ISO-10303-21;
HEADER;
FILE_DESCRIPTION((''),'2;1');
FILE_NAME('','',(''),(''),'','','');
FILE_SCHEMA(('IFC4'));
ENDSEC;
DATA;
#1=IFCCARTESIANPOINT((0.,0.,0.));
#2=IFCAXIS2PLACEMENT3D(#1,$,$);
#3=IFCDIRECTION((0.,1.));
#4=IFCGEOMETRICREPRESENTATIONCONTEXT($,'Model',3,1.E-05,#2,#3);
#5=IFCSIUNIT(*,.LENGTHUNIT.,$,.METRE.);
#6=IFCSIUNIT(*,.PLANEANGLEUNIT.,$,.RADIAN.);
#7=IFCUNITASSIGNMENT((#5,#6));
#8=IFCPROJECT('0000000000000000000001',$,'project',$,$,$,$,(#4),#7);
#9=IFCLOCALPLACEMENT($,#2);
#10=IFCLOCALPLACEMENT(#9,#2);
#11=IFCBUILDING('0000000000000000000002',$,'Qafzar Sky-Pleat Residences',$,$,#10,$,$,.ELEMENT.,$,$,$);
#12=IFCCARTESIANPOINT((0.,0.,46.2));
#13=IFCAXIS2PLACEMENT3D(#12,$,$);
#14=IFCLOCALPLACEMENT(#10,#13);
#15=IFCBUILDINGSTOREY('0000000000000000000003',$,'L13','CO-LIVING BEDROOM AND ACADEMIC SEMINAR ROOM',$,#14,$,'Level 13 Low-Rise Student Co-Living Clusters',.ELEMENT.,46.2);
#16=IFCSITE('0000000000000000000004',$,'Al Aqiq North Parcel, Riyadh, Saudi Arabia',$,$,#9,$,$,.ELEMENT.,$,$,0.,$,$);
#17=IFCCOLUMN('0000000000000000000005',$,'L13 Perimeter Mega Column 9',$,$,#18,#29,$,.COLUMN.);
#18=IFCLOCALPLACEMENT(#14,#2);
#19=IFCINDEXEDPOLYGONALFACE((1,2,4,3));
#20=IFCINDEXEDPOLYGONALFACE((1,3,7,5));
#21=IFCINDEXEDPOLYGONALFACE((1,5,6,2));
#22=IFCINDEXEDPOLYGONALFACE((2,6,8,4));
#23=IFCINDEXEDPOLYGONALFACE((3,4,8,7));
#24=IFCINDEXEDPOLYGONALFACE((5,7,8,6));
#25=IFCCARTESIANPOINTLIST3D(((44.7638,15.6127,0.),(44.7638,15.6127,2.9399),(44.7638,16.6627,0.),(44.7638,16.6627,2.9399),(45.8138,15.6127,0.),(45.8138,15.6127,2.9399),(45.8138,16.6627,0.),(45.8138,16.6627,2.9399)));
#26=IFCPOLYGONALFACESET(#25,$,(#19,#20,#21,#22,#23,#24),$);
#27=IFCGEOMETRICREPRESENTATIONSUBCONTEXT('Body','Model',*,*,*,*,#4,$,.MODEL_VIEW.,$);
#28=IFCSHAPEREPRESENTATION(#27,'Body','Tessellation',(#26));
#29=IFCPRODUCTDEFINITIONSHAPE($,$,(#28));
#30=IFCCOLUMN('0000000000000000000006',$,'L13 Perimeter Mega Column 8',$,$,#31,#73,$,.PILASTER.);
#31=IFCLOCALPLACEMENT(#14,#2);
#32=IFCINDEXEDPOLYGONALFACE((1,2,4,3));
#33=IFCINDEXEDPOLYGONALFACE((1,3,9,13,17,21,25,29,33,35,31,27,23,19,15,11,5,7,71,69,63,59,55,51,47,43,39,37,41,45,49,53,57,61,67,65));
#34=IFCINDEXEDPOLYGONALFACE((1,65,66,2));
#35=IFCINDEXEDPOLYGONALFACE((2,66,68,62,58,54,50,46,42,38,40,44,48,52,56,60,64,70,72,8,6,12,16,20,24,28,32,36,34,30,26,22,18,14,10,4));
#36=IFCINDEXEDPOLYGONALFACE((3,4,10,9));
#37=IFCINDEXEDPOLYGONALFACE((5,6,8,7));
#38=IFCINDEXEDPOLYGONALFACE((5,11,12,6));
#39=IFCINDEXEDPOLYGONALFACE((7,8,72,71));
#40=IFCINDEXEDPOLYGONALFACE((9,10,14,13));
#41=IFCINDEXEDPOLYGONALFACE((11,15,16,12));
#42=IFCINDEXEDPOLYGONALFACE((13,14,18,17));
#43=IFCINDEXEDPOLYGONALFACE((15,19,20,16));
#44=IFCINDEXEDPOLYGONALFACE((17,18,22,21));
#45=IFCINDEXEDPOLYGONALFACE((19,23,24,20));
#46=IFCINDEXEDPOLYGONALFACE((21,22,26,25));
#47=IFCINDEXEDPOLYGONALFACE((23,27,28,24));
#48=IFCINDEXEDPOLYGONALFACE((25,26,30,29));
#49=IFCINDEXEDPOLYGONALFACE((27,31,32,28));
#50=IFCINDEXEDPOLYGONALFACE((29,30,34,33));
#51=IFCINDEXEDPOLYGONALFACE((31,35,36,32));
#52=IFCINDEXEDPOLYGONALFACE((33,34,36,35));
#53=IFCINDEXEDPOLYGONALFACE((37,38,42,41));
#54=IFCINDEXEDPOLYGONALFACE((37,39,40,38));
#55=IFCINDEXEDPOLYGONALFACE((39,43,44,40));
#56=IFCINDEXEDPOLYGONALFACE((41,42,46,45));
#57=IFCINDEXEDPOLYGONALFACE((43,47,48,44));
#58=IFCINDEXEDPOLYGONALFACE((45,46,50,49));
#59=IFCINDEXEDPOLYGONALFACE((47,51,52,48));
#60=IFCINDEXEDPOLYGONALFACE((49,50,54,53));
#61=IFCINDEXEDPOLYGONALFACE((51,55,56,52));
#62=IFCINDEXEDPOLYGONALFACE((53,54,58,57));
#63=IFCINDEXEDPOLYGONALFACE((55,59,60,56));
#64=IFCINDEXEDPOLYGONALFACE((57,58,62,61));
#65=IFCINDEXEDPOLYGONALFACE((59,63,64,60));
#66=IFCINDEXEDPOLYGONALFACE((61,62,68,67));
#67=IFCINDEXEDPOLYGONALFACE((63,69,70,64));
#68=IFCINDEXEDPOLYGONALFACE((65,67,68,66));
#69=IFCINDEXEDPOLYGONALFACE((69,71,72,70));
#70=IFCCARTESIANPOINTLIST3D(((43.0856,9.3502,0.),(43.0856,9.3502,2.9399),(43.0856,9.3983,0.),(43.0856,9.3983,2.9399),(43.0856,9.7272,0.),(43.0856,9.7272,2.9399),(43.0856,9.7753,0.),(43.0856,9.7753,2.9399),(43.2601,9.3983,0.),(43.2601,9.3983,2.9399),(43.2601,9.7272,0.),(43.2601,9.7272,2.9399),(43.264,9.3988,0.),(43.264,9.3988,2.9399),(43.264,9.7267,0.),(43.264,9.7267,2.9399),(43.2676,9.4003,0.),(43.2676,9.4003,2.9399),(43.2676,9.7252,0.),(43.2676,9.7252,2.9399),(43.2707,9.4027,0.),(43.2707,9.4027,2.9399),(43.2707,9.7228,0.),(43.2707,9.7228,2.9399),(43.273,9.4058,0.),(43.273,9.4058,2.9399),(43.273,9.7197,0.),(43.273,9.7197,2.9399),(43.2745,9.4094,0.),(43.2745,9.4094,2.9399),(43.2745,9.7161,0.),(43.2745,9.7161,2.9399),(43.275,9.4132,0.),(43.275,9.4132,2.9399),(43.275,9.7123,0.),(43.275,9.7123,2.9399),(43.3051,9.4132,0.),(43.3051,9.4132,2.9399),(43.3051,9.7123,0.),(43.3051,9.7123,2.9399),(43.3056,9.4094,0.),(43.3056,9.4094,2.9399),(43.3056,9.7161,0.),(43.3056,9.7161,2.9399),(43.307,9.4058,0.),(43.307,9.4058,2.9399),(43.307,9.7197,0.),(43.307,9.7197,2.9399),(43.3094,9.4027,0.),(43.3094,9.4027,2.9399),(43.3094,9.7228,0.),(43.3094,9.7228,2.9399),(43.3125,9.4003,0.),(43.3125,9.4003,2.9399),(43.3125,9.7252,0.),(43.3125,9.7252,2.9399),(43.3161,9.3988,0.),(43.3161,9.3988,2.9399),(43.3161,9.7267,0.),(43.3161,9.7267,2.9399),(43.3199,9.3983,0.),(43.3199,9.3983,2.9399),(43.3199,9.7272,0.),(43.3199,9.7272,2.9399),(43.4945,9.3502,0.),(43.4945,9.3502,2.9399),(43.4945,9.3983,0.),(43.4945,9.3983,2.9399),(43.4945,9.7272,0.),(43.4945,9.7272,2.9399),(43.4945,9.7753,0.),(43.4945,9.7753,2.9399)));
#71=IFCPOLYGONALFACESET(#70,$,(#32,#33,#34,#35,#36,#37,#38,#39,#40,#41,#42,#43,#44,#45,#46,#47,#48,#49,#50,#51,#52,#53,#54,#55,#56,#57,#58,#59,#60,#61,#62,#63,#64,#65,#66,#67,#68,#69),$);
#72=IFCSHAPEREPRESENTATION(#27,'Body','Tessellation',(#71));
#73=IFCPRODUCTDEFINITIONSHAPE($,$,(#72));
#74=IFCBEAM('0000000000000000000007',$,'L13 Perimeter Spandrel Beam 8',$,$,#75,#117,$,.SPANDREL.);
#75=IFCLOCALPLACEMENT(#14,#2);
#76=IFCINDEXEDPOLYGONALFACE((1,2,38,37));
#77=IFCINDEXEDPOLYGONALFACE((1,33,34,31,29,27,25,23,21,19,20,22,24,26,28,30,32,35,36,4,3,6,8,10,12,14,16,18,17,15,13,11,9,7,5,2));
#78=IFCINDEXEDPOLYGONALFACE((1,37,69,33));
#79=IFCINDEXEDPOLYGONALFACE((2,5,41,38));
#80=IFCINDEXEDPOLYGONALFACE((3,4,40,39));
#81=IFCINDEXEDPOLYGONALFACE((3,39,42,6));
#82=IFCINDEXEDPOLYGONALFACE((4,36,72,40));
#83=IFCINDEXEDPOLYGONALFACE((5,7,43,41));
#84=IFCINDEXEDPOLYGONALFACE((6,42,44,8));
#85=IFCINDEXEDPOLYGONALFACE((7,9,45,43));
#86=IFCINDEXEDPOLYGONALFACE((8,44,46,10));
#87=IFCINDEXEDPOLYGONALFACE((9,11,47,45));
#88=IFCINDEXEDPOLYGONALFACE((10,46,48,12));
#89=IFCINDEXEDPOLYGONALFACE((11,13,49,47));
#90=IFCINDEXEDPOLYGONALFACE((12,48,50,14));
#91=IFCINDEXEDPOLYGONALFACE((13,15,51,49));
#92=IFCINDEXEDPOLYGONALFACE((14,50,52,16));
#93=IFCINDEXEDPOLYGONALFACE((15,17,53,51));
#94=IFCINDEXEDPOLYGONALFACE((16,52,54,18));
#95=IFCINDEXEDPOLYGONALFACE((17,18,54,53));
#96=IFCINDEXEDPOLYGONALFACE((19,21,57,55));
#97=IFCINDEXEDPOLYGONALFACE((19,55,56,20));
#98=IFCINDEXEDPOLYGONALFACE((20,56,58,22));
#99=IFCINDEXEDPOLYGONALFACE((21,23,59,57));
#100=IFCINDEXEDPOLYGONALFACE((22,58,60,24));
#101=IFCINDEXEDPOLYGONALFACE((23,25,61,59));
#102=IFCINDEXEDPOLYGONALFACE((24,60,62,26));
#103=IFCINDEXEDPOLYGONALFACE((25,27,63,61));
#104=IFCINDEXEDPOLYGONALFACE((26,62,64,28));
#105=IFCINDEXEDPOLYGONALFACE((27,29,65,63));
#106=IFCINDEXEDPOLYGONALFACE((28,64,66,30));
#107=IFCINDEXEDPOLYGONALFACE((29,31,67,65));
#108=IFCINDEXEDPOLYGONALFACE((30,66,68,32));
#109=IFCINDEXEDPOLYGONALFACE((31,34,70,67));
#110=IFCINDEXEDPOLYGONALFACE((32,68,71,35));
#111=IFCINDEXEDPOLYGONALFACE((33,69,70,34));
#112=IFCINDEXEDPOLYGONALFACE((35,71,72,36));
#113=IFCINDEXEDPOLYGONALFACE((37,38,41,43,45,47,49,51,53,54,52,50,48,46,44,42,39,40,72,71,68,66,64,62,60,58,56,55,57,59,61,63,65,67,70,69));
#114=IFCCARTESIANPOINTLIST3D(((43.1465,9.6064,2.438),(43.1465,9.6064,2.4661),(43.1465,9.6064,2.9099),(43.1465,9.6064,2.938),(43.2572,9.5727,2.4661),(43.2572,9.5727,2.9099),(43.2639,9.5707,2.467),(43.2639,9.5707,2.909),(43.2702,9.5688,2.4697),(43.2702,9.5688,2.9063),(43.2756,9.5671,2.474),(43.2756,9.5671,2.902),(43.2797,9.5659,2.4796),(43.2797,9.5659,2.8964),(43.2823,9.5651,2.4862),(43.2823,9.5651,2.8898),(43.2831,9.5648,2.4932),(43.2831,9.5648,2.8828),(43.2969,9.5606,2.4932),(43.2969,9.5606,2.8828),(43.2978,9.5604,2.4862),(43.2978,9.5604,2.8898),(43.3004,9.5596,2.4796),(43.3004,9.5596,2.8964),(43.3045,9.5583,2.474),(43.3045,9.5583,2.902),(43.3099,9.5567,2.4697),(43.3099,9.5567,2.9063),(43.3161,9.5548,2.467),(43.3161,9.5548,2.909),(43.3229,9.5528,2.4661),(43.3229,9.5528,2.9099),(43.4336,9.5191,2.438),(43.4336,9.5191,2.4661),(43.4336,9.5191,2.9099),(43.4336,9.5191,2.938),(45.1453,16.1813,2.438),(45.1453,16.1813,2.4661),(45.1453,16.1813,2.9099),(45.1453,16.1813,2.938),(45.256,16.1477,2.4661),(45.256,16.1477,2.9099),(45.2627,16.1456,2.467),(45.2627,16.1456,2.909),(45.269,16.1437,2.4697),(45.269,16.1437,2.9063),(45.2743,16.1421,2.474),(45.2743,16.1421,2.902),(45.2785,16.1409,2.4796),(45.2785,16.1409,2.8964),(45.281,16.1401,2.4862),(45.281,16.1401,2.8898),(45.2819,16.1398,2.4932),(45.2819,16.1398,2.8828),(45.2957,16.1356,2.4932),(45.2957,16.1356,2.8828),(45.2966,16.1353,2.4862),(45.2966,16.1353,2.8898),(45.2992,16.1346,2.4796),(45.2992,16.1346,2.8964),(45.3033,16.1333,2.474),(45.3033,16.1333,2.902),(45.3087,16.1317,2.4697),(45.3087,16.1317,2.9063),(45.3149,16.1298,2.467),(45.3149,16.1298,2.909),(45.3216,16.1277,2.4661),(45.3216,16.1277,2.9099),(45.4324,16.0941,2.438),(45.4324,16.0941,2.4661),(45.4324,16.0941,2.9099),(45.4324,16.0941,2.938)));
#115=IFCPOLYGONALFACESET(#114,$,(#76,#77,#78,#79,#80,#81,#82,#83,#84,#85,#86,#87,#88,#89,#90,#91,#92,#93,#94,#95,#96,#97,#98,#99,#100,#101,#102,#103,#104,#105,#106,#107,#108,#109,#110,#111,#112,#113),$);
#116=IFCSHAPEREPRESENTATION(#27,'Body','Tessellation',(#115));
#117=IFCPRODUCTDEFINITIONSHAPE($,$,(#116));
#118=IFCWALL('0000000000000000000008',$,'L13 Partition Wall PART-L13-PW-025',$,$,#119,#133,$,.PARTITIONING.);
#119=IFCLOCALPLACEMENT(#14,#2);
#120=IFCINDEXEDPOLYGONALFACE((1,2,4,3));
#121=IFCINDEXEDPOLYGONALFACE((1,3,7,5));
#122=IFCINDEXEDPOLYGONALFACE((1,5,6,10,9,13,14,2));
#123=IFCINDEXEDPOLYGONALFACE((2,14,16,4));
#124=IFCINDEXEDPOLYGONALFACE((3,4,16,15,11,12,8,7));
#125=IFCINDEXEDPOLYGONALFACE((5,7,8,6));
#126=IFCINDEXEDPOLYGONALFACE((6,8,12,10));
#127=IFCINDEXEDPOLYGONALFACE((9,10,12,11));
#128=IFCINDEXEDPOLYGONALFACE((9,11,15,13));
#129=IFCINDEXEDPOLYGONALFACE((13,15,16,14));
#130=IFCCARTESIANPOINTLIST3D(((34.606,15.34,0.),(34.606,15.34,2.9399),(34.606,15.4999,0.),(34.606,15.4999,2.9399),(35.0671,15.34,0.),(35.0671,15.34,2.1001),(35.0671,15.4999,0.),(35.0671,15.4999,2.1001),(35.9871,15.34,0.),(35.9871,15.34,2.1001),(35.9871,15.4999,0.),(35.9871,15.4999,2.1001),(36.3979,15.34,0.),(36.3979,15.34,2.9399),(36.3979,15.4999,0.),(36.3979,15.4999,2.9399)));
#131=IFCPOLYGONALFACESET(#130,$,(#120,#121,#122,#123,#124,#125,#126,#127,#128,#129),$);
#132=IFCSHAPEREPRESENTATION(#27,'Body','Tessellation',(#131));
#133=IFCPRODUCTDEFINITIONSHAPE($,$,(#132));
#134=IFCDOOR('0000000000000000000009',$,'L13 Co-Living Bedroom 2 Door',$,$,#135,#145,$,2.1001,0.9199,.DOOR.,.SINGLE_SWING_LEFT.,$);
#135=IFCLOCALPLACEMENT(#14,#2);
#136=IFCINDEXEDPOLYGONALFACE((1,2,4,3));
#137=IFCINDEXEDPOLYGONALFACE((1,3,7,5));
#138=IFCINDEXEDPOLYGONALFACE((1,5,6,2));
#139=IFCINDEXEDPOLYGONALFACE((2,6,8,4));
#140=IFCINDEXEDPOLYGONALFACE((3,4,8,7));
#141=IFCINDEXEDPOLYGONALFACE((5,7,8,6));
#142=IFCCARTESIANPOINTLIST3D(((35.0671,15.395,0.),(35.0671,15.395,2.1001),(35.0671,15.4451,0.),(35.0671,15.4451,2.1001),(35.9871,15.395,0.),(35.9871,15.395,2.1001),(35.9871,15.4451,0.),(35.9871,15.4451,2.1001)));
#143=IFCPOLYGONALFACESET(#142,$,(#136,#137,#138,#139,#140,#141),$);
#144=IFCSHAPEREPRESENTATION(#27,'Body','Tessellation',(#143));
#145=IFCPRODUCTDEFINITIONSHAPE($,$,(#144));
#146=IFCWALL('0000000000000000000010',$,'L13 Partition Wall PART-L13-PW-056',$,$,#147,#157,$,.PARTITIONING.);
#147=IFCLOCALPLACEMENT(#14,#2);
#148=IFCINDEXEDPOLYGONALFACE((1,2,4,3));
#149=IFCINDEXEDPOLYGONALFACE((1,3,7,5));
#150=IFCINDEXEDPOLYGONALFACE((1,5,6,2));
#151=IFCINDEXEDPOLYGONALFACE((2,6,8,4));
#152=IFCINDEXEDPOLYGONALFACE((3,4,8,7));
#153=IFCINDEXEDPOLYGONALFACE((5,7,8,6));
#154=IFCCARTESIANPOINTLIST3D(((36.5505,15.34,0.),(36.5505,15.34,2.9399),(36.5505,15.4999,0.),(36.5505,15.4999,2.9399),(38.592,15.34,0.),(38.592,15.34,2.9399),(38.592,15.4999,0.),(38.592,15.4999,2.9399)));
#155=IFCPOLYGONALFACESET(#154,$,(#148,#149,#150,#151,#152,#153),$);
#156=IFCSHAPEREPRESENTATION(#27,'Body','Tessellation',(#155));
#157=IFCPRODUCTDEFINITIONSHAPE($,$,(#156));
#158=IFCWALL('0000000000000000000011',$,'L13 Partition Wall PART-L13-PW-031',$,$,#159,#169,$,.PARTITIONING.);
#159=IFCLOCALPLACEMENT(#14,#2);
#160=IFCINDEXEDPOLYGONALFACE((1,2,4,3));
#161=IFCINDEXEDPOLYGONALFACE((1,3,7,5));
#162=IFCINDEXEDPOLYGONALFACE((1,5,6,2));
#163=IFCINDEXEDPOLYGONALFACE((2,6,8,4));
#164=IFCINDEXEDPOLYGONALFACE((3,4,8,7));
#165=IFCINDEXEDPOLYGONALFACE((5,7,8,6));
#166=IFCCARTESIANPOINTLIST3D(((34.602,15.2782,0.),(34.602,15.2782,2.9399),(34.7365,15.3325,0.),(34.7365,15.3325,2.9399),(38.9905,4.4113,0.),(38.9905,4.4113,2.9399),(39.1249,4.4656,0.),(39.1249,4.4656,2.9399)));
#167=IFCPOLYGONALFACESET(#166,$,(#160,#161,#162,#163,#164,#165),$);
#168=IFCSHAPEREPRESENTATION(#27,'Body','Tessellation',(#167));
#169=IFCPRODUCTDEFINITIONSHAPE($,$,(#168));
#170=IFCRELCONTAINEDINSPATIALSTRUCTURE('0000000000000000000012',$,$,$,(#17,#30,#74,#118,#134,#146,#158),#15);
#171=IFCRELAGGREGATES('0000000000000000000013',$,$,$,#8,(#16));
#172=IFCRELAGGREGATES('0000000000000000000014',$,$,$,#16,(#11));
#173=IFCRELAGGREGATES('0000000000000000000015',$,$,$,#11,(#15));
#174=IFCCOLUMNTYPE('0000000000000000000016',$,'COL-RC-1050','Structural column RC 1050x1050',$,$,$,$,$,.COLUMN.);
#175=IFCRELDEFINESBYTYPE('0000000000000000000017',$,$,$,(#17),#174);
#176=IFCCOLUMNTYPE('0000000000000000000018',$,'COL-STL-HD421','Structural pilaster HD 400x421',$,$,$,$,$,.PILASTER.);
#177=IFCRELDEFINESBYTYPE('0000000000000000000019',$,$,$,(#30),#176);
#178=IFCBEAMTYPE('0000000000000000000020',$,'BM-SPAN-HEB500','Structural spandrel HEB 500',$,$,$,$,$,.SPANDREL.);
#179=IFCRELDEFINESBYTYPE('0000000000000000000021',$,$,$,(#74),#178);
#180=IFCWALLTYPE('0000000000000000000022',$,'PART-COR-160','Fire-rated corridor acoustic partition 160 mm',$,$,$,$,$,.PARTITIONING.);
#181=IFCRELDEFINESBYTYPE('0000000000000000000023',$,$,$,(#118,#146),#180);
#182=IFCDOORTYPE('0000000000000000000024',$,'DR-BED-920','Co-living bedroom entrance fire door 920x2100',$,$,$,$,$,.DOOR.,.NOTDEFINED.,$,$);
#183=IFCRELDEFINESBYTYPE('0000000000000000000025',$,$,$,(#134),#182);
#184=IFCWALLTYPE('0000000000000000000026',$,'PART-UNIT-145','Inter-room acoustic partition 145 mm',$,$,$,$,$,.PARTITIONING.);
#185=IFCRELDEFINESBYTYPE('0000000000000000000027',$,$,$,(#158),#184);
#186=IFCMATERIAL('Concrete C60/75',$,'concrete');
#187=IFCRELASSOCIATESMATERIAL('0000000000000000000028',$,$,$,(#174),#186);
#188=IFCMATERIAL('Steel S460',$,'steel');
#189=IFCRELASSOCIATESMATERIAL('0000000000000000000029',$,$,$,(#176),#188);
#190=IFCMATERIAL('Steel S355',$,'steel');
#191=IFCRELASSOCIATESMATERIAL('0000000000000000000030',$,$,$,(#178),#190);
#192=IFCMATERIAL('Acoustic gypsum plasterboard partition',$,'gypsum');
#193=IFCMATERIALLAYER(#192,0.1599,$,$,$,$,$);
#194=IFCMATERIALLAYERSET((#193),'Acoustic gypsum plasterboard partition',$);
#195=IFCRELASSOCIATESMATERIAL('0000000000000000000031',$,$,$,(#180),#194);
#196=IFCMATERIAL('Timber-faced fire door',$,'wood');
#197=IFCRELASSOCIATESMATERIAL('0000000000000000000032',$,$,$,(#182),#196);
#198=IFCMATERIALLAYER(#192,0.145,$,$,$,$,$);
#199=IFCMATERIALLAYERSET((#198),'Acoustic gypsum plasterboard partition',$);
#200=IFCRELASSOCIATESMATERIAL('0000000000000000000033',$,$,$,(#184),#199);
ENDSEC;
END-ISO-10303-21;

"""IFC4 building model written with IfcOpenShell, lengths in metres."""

from ifc_helpers import new_model, si_unit, direction, frame, frame_2d, origin, origin_2d, place, context, subcontext, project, spatial, rectangle, i_section, extrude, source, transform, mapped, material, layer, layer_set, material_profile, profile_set, type_object, element, fill, save


model = new_model("IFC4")

# Units and contexts
model_context = context("Model", 3, precision=1e-05, world=origin(), true_north=direction((0.0, 1.0)))
body_context = subcontext(model_context, "Body", "Model", "MODEL_VIEW")
ifc_project = project(units=[si_unit("LENGTHUNIT", "METRE"), si_unit("PLANEANGLEUNIT", "RADIAN")], contexts=[model_context])

# Site, building, storey
site_placement = place(None, origin())
site = spatial("IfcSite", under=ifc_project, at=site_placement, Name="Al Aqiq North Parcel, Riyadh, Saudi Arabia", CompositionType="ELEMENT", RefElevation=0.0)
building_placement = place(site_placement, origin())
building = spatial("IfcBuilding", under=site, at=building_placement, Name="Qafzar Sky-Pleat Residences", CompositionType="ELEMENT")
storey_placement = place(building_placement, frame((0.0, 0.0, 46.2)))
storey = spatial("IfcBuildingStorey", under=building, at=storey_placement, Name="L13", Description="CO-LIVING BEDROOM AND ACADEMIC SEMINAR ROOM", LongName="Level 13 Low-Rise Student Co-Living Clusters", CompositionType="ELEMENT", Elevation=46.2)

# Columns
ifc_material_1 = material(Name="Concrete C60/75", Category="concrete")
ifc_material_profile_1 = material_profile(ifc_material_1, rectangle(XDim=1.05, YDim=1.05, at=origin_2d()), Name="RC 1050x1050")
ifc_profile_set_1 = profile_set([ifc_material_profile_1], Name="Concrete C60/75")
column_type_1 = type_object("IfcColumnType", Name="COL-RC-1050", Description="Structural column RC 1050x1050", PredefinedType="COLUMN", material=ifc_profile_set_1)
shared_shape_1 = source(origin(), body_context, "Body", "SweptSolid", [
    extrude(rectangle(XDim=1.05, YDim=1.05, at=origin_2d()), origin(), (0.0, 0.0, 1.0), 2.9399),
])
column_1_placement = place(storey_placement, frame((45.2888, 16.1377, 0.0), z_axis=(0.0, 0.0, 1.0), x_axis=(1.0, 0.0, 0.0)))
element("IfcColumn", 1, at=column_1_placement, inside=storey, type_object=column_type_1, Name="L13 Perimeter Mega Column 9", PredefinedType="COLUMN", context=body_context, shape_type="MappedRepresentation", body=[
    mapped(shared_shape_1, transform((0.0, 0.0, 0.0), x_axis=(1.0, 0.0, 0.0), y_axis=(0.0, 1.0, 0.0), z_axis=(0.0, 0.0, 1.0), scale=1.0)),
])
ifc_material_2 = material(Name="Steel S460", Category="steel")
ifc_material_profile_2 = material_profile(ifc_material_2, i_section(OverallWidth=0.4089, OverallDepth=0.425, WebThickness=0.03, FlangeThickness=0.0481, FilletRadius=0.0149, at=origin_2d()), Name="HD 400x421")
ifc_profile_set_2 = profile_set([ifc_material_profile_2], Name="Steel S460")
column_type_2 = type_object("IfcColumnType", Name="COL-STL-HD421", Description="Structural pilaster HD 400x421", PredefinedType="PILASTER", material=ifc_profile_set_2)
shared_shape_2 = source(origin(), body_context, "Body", "SweptSolid", [
    extrude(i_section(OverallWidth=0.4089, OverallDepth=0.425, WebThickness=0.03, FlangeThickness=0.0481, FilletRadius=0.0149, at=origin_2d()), origin(), (0.0, 0.0, 1.0), 2.9399),
])
column_2_placement = place(storey_placement, frame((43.29, 9.5627, 0.0), z_axis=(0.0, 0.0, 1.0), x_axis=(1.0, 0.0, 0.0)))
element("IfcColumn", 2, at=column_2_placement, inside=storey, type_object=column_type_2, Name="L13 Perimeter Mega Column 8", PredefinedType="PILASTER", context=body_context, shape_type="MappedRepresentation", body=[
    mapped(shared_shape_2, transform((0.0, 0.0, 0.0), x_axis=(1.0, 0.0, 0.0), y_axis=(0.0, 1.0, 0.0), z_axis=(0.0, 0.0, 1.0), scale=1.0)),
])

# Beam
ifc_material_3 = material(Name="Steel S355", Category="steel")
ifc_material_profile_3 = material_profile(ifc_material_3, i_section(OverallWidth=0.3, OverallDepth=0.5, WebThickness=0.0144, FlangeThickness=0.0281, FilletRadius=0.0271, at=origin_2d()), Name="HEB 500")
ifc_profile_set_3 = profile_set([ifc_material_profile_3], Name="Steel S355")
beam_type = type_object("IfcBeamType", Name="BM-SPAN-HEB500", Description="Structural spandrel HEB 500", PredefinedType="SPANDREL", material=ifc_profile_set_3)
shared_shape_3 = source(origin(), body_context, "Body", "SweptSolid", [
    extrude(i_section(OverallWidth=0.3, OverallDepth=0.5, WebThickness=0.0144, FlangeThickness=0.0281, FilletRadius=0.0271, at=origin_2d()), origin(), (0.0, 0.0, 1.0), 6.8721),
])
beam_placement = place(storey_placement, frame((43.29, 9.5627, 2.688), z_axis=(0.290856, 0.956767, 0.0), x_axis=(-0.956767, 0.290856, 0.0)))
element("IfcBeam", 3, at=beam_placement, inside=storey, type_object=beam_type, Name="L13 Perimeter Spandrel Beam 8", PredefinedType="SPANDREL", context=body_context, shape_type="MappedRepresentation", body=[
    mapped(shared_shape_3, transform((0.0, 0.0, 0.0), x_axis=(1.0, 0.0, 0.0), y_axis=(0.0, 1.0, 0.0), z_axis=(0.0, 0.0, 1.0), scale=1.0)),
])

# Wall, opening, door
ifc_material_4 = material(Name="Acoustic gypsum plasterboard partition", Category="gypsum")
ifc_layer_1 = layer(ifc_material_4, 0.1599)
ifc_layer_set_1 = layer_set([ifc_layer_1], Name="Acoustic gypsum plasterboard partition")
wall_type_1 = type_object("IfcWallType", Name="PART-COR-160", Description="Fire-rated corridor acoustic partition 160 mm", PredefinedType="PARTITIONING", material=ifc_layer_set_1)
wall_1_placement = place(storey_placement, frame((36.3979, 15.4199, 0.0), z_axis=(0.0, 0.0, 1.0), x_axis=(-1.0, 0.0, 0.0)))
wall_1 = element("IfcWall", 4, at=wall_1_placement, inside=storey, type_object=wall_type_1, Name="L13 Partition Wall PART-L13-PW-025", PredefinedType="PARTITIONING", context=body_context, shape_type="SweptSolid", body=[
    extrude(rectangle(XDim=1.792, YDim=0.1599, at=frame_2d((0.896, 0.0))), origin(), (0.0, 0.0, 1.0), 2.9399),
])
opening_1_placement = place(wall_1_placement, frame((0.4109, 0.0, 0.0)))
opening_1 = element("IfcOpeningElement", 5, at=opening_1_placement, cuts=wall_1, PredefinedType="OPENING", context=body_context, shape_type="SweptSolid", body=[
    extrude(rectangle(XDim=0.9199, YDim=2.1001, at=frame_2d((0.46, 1.05))), frame((0.0, 0.0898, 0.0), z_axis=(0.0, -1.0, 0.0), x_axis=(1.0, 0.0, 0.0)), (0.0, 0.0, 1.0), 0.1799),
])
ifc_material_5 = material(Name="Timber-faced fire door", Category="wood")
door_type_1 = type_object("IfcDoorType", Name="DR-BED-920", Description="Co-living bedroom entrance fire door 920x2100", OperationType="NOTDEFINED", PredefinedType="DOOR", material=ifc_material_5)
shared_shape_4 = source(origin(), body_context, "Body", "SweptSolid", [
    extrude(rectangle(XDim=0.9199, YDim=2.1001, at=frame_2d((0.46, 1.05))), frame((0.0, 0.0249, 0.0), z_axis=(0.0, -1.0, 0.0), x_axis=(1.0, 0.0, 0.0)), (0.0, 0.0, 1.0), 0.05),
])
door_1_placement = place(opening_1_placement, origin())
door_1 = element("IfcDoor", 6, at=door_1_placement, inside=storey, type_object=door_type_1, Name="L13 Co-Living Bedroom 2 Door", OperationType="SINGLE_SWING_LEFT", OverallHeight=2.1001, OverallWidth=0.9199, PredefinedType="DOOR", context=body_context, shape_type="MappedRepresentation", body=[
    mapped(shared_shape_4, transform((0.0, 0.0, 0.0), x_axis=(1.0, 0.0, 0.0), y_axis=(0.0, 1.0, 0.0), z_axis=(0.0, 0.0, 1.0), scale=1.0)),
])
fill(opening_1, door_1)

# Walls
wall_2_placement = place(storey_placement, frame((36.5505, 15.4199, 0.0), z_axis=(0.0, 0.0, 1.0), x_axis=(1.0, 0.0, 0.0)))
element("IfcWall", 7, at=wall_2_placement, inside=storey, type_object=wall_type_1, Name="L13 Partition Wall PART-L13-PW-056", PredefinedType="PARTITIONING", context=body_context, shape_type="SweptSolid", body=[
    extrude(rectangle(XDim=2.0415, YDim=0.1599, at=frame_2d((1.0208, 0.0))), origin(), (0.0, 0.0, 1.0), 2.9399),
])
ifc_layer_2 = layer(ifc_material_4, 0.145)
ifc_layer_set_2 = layer_set([ifc_layer_2], Name="Acoustic gypsum plasterboard partition")
wall_type_2 = type_object("IfcWallType", Name="PART-UNIT-145", Description="Inter-room acoustic partition 145 mm", PredefinedType="PARTITIONING", material=ifc_layer_set_2)
wall_3_placement = place(storey_placement, frame((34.6692, 15.3054, 0.0), z_axis=(0.0, 0.0, 1.0), x_axis=(0.37446, -0.927243, 0.0)))
element("IfcWall", 8, at=wall_3_placement, inside=storey, type_object=wall_type_2, Name="L13 Partition Wall PART-L13-PW-031", PredefinedType="PARTITIONING", context=body_context, shape_type="SweptSolid", body=[
    extrude(rectangle(XDim=11.7195, YDim=0.145, at=frame_2d((5.8599, 0.0))), origin(), (0.0, 0.0, 1.0), 2.9399),
])

save(model, "model.ifc")
